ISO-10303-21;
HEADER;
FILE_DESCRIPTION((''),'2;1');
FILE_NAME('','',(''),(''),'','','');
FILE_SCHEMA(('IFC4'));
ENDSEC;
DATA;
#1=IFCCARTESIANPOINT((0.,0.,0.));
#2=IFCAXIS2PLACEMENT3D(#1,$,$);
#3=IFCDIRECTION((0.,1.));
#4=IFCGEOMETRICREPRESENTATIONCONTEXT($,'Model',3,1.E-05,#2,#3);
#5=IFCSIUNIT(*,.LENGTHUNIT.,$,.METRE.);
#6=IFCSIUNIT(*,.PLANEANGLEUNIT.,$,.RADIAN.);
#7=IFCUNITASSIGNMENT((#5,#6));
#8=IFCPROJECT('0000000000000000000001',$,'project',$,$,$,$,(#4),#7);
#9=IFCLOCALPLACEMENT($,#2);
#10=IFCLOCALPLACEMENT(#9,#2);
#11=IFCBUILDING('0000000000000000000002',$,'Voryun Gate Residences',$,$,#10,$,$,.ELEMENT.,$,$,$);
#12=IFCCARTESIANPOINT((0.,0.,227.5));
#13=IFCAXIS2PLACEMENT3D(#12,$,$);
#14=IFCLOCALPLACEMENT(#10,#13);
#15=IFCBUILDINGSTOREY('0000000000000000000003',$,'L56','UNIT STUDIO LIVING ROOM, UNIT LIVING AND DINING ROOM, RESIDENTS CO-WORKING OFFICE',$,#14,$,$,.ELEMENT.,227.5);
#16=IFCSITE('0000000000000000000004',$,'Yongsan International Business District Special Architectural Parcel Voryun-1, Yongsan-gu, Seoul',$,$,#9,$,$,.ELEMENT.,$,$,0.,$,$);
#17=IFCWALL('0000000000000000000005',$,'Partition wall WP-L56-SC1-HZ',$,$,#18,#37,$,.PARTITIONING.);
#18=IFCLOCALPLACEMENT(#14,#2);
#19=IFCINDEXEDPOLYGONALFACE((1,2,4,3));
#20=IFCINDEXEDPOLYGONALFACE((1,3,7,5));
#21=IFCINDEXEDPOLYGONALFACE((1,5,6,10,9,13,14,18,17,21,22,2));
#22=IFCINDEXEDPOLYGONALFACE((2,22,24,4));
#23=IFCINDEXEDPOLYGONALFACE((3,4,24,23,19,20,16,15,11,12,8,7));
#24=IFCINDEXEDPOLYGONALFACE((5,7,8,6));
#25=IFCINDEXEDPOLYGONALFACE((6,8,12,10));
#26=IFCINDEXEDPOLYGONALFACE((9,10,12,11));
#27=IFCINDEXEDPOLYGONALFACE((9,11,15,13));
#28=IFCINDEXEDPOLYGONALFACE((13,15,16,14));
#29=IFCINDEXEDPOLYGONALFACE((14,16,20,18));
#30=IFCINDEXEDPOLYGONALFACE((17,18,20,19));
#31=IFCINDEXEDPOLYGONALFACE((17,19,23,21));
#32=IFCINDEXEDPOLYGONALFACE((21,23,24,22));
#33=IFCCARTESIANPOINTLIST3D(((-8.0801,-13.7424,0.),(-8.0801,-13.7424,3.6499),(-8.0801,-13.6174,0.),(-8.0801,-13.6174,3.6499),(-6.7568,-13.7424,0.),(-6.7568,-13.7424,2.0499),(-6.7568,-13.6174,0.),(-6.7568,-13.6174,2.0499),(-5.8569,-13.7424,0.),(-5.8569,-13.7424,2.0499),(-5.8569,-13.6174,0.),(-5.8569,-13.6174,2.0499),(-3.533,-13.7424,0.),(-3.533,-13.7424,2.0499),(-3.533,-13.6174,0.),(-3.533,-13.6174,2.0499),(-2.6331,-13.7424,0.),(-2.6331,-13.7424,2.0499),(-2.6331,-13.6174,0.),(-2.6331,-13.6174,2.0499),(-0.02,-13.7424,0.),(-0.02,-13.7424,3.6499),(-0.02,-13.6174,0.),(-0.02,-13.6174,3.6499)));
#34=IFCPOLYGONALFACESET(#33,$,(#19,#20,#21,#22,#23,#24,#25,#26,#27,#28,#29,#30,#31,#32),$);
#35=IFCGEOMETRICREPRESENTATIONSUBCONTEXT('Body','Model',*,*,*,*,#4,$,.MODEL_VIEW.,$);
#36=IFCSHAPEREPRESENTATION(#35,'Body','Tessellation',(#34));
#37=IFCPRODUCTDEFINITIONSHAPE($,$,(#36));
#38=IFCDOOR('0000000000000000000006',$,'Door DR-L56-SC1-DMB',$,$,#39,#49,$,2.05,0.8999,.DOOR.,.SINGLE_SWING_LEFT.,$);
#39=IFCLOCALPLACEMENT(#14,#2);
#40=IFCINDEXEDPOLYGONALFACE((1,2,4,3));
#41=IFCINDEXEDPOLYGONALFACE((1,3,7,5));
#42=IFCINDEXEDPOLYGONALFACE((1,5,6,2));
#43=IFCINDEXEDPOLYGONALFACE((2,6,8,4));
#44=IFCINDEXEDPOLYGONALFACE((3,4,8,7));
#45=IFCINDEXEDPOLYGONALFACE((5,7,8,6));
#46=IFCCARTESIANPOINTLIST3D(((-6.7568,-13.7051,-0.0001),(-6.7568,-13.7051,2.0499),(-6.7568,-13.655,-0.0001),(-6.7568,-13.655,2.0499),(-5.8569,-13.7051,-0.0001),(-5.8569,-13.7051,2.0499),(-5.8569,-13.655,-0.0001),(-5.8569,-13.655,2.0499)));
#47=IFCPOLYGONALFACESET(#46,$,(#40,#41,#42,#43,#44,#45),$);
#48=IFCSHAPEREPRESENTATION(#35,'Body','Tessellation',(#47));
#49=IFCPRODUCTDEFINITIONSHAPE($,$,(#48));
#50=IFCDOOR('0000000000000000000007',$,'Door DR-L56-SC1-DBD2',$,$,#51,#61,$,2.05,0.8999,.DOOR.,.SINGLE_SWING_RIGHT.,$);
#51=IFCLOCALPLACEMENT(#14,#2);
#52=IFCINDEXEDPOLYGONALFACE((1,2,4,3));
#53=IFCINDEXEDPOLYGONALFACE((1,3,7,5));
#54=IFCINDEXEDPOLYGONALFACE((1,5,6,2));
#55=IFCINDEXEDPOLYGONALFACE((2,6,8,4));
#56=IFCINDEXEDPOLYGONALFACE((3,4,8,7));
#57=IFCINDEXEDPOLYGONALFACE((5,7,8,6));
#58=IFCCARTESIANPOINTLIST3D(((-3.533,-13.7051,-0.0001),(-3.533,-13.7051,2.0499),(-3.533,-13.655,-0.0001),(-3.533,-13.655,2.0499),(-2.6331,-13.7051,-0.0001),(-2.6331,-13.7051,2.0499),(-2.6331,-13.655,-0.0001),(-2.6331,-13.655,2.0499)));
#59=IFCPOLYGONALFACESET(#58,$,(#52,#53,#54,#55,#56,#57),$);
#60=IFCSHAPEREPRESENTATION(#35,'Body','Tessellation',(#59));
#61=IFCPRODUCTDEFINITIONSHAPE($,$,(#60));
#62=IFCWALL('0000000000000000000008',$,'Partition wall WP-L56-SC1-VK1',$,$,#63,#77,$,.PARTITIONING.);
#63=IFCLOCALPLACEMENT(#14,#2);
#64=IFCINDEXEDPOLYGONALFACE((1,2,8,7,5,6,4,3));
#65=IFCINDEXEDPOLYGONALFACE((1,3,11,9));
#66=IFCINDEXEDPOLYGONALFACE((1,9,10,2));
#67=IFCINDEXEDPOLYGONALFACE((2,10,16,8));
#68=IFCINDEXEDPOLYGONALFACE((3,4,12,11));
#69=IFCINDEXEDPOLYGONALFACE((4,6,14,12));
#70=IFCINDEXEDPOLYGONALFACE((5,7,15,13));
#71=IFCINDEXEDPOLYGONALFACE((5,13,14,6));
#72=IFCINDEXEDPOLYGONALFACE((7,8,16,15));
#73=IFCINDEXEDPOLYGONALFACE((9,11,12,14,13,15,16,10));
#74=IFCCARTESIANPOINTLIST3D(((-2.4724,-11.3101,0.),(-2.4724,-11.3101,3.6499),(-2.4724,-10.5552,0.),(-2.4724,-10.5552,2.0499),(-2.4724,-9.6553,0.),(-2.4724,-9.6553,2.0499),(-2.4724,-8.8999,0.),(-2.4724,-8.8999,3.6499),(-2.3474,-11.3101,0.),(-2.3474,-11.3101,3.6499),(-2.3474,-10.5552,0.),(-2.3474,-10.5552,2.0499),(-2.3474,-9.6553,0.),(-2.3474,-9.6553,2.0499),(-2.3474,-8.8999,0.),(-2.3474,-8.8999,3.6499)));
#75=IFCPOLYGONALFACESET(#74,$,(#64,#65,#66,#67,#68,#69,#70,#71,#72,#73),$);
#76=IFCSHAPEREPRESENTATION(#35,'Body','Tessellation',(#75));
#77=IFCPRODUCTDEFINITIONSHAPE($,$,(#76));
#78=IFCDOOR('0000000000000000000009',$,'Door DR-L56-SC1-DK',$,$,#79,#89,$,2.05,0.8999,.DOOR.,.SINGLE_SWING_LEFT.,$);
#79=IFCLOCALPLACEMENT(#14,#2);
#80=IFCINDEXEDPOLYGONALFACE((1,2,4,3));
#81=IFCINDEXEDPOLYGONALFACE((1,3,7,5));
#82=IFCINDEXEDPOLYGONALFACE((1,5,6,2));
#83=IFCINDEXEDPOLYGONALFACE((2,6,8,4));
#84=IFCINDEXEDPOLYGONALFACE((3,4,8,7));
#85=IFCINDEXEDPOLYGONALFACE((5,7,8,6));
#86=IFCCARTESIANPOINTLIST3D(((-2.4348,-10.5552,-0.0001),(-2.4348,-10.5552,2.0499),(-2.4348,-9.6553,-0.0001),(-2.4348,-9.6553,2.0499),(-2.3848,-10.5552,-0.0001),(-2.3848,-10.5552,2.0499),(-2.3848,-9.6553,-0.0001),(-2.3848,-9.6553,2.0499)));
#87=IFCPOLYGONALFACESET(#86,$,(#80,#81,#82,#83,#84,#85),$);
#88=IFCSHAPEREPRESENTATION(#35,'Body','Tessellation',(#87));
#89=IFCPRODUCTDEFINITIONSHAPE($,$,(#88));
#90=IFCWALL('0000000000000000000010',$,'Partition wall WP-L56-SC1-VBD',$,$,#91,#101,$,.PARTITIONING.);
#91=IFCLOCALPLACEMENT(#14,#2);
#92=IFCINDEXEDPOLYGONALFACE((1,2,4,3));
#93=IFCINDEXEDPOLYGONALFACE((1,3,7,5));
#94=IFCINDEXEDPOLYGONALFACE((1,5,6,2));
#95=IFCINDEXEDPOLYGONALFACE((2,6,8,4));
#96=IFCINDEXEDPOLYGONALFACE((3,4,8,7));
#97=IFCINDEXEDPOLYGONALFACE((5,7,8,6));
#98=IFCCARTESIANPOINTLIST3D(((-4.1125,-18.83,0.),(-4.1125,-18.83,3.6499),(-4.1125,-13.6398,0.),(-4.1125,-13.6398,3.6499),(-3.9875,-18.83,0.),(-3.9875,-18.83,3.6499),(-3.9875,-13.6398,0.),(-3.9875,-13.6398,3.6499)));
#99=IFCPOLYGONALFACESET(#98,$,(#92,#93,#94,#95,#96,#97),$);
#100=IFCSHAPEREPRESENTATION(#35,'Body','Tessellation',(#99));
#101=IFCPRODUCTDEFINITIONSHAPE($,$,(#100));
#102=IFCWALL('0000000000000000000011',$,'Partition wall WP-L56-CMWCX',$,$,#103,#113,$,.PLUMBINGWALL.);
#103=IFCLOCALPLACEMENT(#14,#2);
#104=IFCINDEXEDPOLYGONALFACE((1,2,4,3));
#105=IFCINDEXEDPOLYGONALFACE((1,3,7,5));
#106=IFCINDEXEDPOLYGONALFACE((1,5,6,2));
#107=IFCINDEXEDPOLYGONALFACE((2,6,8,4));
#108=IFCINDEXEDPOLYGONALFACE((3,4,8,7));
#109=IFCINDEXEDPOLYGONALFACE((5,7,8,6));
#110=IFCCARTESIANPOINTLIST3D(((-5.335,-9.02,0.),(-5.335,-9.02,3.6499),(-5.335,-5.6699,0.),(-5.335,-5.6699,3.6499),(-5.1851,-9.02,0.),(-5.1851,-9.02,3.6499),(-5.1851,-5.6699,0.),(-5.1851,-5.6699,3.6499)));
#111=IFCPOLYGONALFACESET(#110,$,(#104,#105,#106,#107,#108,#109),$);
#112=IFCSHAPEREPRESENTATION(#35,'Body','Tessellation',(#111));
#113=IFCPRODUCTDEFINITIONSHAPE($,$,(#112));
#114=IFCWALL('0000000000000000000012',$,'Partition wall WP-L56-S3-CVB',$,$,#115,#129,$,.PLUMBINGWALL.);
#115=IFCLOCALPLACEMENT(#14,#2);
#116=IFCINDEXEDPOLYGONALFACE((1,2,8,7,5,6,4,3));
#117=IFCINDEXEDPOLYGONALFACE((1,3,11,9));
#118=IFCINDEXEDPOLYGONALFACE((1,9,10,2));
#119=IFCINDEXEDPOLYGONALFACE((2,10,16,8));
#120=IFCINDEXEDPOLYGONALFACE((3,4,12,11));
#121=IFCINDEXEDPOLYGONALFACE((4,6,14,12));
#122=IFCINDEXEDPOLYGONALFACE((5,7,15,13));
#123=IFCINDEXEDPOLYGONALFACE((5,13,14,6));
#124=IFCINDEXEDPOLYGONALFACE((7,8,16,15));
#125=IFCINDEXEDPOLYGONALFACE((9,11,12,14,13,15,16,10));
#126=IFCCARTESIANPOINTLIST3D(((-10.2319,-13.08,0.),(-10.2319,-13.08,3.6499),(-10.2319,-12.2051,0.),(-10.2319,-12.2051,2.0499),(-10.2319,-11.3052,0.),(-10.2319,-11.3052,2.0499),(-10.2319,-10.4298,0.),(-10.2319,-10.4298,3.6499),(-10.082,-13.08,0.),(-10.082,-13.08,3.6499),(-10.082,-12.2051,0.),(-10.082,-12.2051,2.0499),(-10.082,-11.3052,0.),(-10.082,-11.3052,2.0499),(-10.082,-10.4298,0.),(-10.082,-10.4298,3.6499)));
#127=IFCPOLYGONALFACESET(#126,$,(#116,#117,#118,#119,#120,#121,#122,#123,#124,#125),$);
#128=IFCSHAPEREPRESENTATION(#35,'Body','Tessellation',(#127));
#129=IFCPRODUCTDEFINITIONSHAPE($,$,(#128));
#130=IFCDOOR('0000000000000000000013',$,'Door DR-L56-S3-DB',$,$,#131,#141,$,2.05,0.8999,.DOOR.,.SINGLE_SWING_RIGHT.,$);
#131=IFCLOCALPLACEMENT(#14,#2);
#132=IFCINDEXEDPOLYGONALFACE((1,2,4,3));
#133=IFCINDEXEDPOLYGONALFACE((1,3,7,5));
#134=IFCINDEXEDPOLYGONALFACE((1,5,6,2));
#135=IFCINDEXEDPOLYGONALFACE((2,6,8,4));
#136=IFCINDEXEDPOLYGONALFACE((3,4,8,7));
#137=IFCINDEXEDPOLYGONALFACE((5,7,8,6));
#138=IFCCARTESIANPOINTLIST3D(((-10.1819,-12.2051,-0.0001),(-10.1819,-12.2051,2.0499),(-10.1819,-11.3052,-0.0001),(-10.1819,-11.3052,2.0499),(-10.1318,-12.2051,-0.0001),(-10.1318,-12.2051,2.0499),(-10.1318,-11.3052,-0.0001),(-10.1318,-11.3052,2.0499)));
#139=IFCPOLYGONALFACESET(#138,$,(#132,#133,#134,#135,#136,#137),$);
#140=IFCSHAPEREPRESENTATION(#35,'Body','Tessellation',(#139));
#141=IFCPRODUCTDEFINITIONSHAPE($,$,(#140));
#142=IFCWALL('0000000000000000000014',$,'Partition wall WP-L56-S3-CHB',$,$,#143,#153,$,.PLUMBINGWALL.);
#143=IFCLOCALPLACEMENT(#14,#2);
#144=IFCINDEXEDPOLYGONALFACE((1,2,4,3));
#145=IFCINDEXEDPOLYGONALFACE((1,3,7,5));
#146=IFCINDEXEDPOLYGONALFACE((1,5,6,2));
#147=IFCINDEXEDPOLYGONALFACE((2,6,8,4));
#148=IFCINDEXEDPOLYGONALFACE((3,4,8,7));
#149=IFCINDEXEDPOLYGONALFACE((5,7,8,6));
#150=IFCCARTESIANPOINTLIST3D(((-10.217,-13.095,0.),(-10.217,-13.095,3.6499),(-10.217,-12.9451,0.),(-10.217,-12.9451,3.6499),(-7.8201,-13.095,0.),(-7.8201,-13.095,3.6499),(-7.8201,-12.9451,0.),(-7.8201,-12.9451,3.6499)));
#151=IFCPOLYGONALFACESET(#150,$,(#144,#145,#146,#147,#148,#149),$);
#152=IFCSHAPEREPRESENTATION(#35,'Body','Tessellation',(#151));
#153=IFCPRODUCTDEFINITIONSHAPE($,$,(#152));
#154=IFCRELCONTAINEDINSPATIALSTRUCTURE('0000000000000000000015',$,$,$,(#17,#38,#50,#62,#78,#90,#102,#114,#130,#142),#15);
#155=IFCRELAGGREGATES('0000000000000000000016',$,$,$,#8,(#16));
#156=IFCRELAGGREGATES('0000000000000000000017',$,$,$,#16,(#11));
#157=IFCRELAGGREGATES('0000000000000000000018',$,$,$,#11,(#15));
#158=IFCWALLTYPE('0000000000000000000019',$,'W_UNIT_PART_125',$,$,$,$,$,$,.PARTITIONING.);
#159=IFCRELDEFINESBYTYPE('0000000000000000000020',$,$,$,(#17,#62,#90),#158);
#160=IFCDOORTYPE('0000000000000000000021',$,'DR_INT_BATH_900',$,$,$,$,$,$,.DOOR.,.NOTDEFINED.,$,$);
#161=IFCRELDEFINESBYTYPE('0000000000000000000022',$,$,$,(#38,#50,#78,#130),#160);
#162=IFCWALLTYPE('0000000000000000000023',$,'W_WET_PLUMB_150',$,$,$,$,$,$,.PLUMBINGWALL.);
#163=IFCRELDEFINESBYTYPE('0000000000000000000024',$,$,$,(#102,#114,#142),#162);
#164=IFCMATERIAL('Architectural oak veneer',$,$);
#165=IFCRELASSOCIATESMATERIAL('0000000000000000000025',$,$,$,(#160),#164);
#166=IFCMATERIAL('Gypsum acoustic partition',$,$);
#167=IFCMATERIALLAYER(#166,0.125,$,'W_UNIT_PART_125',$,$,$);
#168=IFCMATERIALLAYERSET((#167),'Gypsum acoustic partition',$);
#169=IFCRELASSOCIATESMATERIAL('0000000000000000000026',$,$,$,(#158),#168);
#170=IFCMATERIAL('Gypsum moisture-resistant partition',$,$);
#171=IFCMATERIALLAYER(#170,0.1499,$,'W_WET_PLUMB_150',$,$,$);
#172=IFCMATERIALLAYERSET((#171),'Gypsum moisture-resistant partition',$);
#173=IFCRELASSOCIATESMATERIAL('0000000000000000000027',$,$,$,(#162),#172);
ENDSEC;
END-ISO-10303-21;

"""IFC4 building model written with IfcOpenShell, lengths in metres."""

from ifc_helpers import new_model, si_unit, direction, frame, frame_2d, origin, place, context, subcontext, project, spatial, rectangle, extrude, material, layer, layer_set, type_object, element, fill, save


model = new_model("IFC4")

# Units and contexts
model_context = context("Model", 3, precision=1e-05, world=origin(), true_north=direction((0.0, 1.0)))
body_context = subcontext(model_context, "Body", "Model", "MODEL_VIEW")
ifc_project = project(units=[si_unit("LENGTHUNIT", "METRE"), si_unit("PLANEANGLEUNIT", "RADIAN")], contexts=[model_context])

# Site, building, storey
site_placement = place(None, origin())
site = spatial("IfcSite", under=ifc_project, at=site_placement, Name="Yongsan International Business District Special Architectural Parcel Voryun-1, Yongsan-gu, Seoul", CompositionType="ELEMENT", RefElevation=0.0)
building_placement = place(site_placement, origin())
building = spatial("IfcBuilding", under=site, at=building_placement, Name="Voryun Gate Residences", CompositionType="ELEMENT")
storey_placement = place(building_placement, frame((0.0, 0.0, 227.5)))
storey = spatial("IfcBuildingStorey", under=building, at=storey_placement, Name="L56", Description="UNIT STUDIO LIVING ROOM, UNIT LIVING AND DINING ROOM, RESIDENTS CO-WORKING OFFICE", CompositionType="ELEMENT", Elevation=227.5)

# Shared definitions
ifc_material_1 = material(Name="Architectural oak veneer")
door_type_1 = type_object("IfcDoorType", Name="DR_INT_BATH_900", OperationType="NOTDEFINED", PredefinedType="DOOR", material=ifc_material_1)

# Shared definitions
ifc_material_2 = material(Name="Gypsum acoustic partition")
ifc_layer_1 = layer(ifc_material_2, 0.125, Name="W_UNIT_PART_125")
ifc_layer_set_1 = layer_set([ifc_layer_1], Name="Gypsum acoustic partition")
wall_type_1 = type_object("IfcWallType", Name="W_UNIT_PART_125", PredefinedType="PARTITIONING", material=ifc_layer_set_1)

# Wall, openings, doors
wall_1_placement = place(storey_placement, frame((-8.0801, -13.6799, 0.0), z_axis=(0.0, 0.0, 1.0), x_axis=(1.0, 0.0, 0.0)))
wall_1 = element("IfcWall", 1, at=wall_1_placement, inside=storey, type_object=wall_type_1, Name="Partition wall WP-L56-SC1-HZ", PredefinedType="PARTITIONING", context=body_context, shape_type="SweptSolid", body=[
    extrude(rectangle(XDim=8.0601, YDim=0.125, at=frame_2d((4.03, 0.0))), origin(), (0.0, 0.0, 1.0), 3.6499),
])
opening_1_placement = place(wall_1_placement, frame((1.3232, 0.0, 0.0)))
opening_1 = element("IfcOpeningElement", 2, at=opening_1_placement, cuts=wall_1, PredefinedType="OPENING", context=body_context, shape_type="SweptSolid", body=[
    extrude(rectangle(XDim=0.8999, YDim=2.05, at=frame_2d((0.45, 1.0249))), frame((0.0, 0.0725, 0.0), z_axis=(0.0, -1.0, 0.0), x_axis=(1.0, 0.0, 0.0)), (0.0, 0.0, 1.0), 0.145),
])
opening_2_placement = place(wall_1_placement, frame((4.5471, 0.0, 0.0)))
opening_2 = element("IfcOpeningElement", 3, at=opening_2_placement, cuts=wall_1, PredefinedType="OPENING", context=body_context, shape_type="SweptSolid", body=[
    extrude(rectangle(XDim=0.8999, YDim=2.05, at=frame_2d((0.45, 1.0249))), frame((0.0, 0.0725, 0.0), z_axis=(0.0, -1.0, 0.0), x_axis=(1.0, 0.0, 0.0)), (0.0, 0.0, 1.0), 0.145),
])
door_1_placement = place(opening_1_placement, origin())
door_1 = element("IfcDoor", 4, at=door_1_placement, inside=storey, type_object=door_type_1, Name="Door DR-L56-SC1-DMB", OperationType="SINGLE_SWING_LEFT", OverallHeight=2.05, OverallWidth=0.8999, PredefinedType="DOOR", context=body_context, shape_type="SweptSolid", body=[
    extrude(rectangle(XDim=0.8999, YDim=2.05, at=frame_2d((0.45, 1.0249))), frame((0.0, 0.0249, 0.0), z_axis=(0.0, -1.0, 0.0), x_axis=(1.0, 0.0, 0.0)), (0.0, 0.0, 1.0), 0.05),
])
fill(opening_1, door_1)
door_2_placement = place(opening_2_placement, origin())
door_2 = element("IfcDoor", 5, at=door_2_placement, inside=storey, type_object=door_type_1, Name="Door DR-L56-SC1-DBD2", OperationType="SINGLE_SWING_RIGHT", OverallHeight=2.05, OverallWidth=0.8999, PredefinedType="DOOR", context=body_context, shape_type="SweptSolid", body=[
    extrude(rectangle(XDim=0.8999, YDim=2.05, at=frame_2d((0.45, 1.0249))), frame((0.0, 0.0249, 0.0), z_axis=(0.0, -1.0, 0.0), x_axis=(1.0, 0.0, 0.0)), (0.0, 0.0, 1.0), 0.05),
])
fill(opening_2, door_2)

# Wall, opening, door
wall_2_placement = place(storey_placement, frame((-2.4099, -11.3101, 0.0), z_axis=(0.0, 0.0, 1.0), x_axis=(0.0, 1.0, 0.0)))
wall_2 = element("IfcWall", 6, at=wall_2_placement, inside=storey, type_object=wall_type_1, Name="Partition wall WP-L56-SC1-VK1", PredefinedType="PARTITIONING", context=body_context, shape_type="SweptSolid", body=[
    extrude(rectangle(XDim=2.4102, YDim=0.125, at=frame_2d((1.2051, 0.0))), origin(), (0.0, 0.0, 1.0), 3.6499),
])
opening_3_placement = place(wall_2_placement, frame((0.7549, 0.0, 0.0)))
opening_3 = element("IfcOpeningElement", 7, at=opening_3_placement, cuts=wall_2, PredefinedType="OPENING", context=body_context, shape_type="SweptSolid", body=[
    extrude(rectangle(XDim=0.8999, YDim=2.05, at=frame_2d((0.45, 1.0249))), frame((0.0, 0.0725, 0.0), z_axis=(0.0, -1.0, 0.0), x_axis=(1.0, 0.0, 0.0)), (0.0, 0.0, 1.0), 0.145),
])
door_3_placement = place(opening_3_placement, origin())
door_3 = element("IfcDoor", 8, at=door_3_placement, inside=storey, type_object=door_type_1, Name="Door DR-L56-SC1-DK", OperationType="SINGLE_SWING_LEFT", OverallHeight=2.05, OverallWidth=0.8999, PredefinedType="DOOR", context=body_context, shape_type="SweptSolid", body=[
    extrude(rectangle(XDim=0.8999, YDim=2.05, at=frame_2d((0.45, 1.0249))), frame((0.0, 0.0249, 0.0), z_axis=(0.0, -1.0, 0.0), x_axis=(1.0, 0.0, 0.0)), (0.0, 0.0, 1.0), 0.05),
])
fill(opening_3, door_3)

# Walls
wall_3_placement = place(storey_placement, frame((-4.05, -18.8301, 0.0), z_axis=(0.0, 0.0, 1.0), x_axis=(0.0, 1.0, 0.0)))
element("IfcWall", 9, at=wall_3_placement, inside=storey, type_object=wall_type_1, Name="Partition wall WP-L56-SC1-VBD", PredefinedType="PARTITIONING", context=body_context, shape_type="SweptSolid", body=[
    extrude(rectangle(XDim=5.1902, YDim=0.125, at=frame_2d((2.5952, 0.0))), origin(), (0.0, 0.0, 1.0), 3.6499),
])
ifc_material_3 = material(Name="Gypsum moisture-resistant partition")
ifc_layer_2 = layer(ifc_material_3, 0.1499, Name="W_WET_PLUMB_150")
ifc_layer_set_2 = layer_set([ifc_layer_2], Name="Gypsum moisture-resistant partition")
wall_type_2 = type_object("IfcWallType", Name="W_WET_PLUMB_150", PredefinedType="PLUMBINGWALL", material=ifc_layer_set_2)
wall_4_placement = place(storey_placement, frame((-5.26, -9.02, 0.0), z_axis=(0.0, 0.0, 1.0), x_axis=(0.0, 1.0, 0.0)))
element("IfcWall", 10, at=wall_4_placement, inside=storey, type_object=wall_type_2, Name="Partition wall WP-L56-CMWCX", PredefinedType="PLUMBINGWALL", context=body_context, shape_type="SweptSolid", body=[
    extrude(rectangle(XDim=3.3501, YDim=0.1499, at=frame_2d((1.675, 0.0))), origin(), (0.0, 0.0, 1.0), 3.6499),
])

# Wall, opening, door
wall_5_placement = place(storey_placement, frame((-10.157, -13.0801, 0.0), z_axis=(0.0, 0.0, 1.0), x_axis=(0.0, 1.0, 0.0)))
wall_5 = element("IfcWall", 11, at=wall_5_placement, inside=storey, type_object=wall_type_2, Name="Partition wall WP-L56-S3-CVB", PredefinedType="PLUMBINGWALL", context=body_context, shape_type="SweptSolid", body=[
    extrude(rectangle(XDim=2.6501, YDim=0.1499, at=frame_2d((1.3252, 0.0))), origin(), (0.0, 0.0, 1.0), 3.6499),
])
opening_4_placement = place(wall_5_placement, frame((0.875, 0.0, 0.0)))
opening_4 = element("IfcOpeningElement", 12, at=opening_4_placement, cuts=wall_5, PredefinedType="OPENING", context=body_context, shape_type="SweptSolid", body=[
    extrude(rectangle(XDim=0.8999, YDim=2.05, at=frame_2d((0.45, 1.0249))), frame((0.0, 0.085, 0.0), z_axis=(0.0, -1.0, 0.0), x_axis=(1.0, 0.0, 0.0)), (0.0, 0.0, 1.0), 0.1699),
])
door_4_placement = place(opening_4_placement, origin())
door_4 = element("IfcDoor", 13, at=door_4_placement, inside=storey, type_object=door_type_1, Name="Door DR-L56-S3-DB", OperationType="SINGLE_SWING_RIGHT", OverallHeight=2.05, OverallWidth=0.8999, PredefinedType="DOOR", context=body_context, shape_type="SweptSolid", body=[
    extrude(rectangle(XDim=0.8999, YDim=2.05, at=frame_2d((0.45, 1.0249))), frame((0.0, 0.0249, 0.0), z_axis=(0.0, -1.0, 0.0), x_axis=(1.0, 0.0, 0.0)), (0.0, 0.0, 1.0), 0.05),
])
fill(opening_4, door_4)

# Wall
wall_6_placement = place(storey_placement, frame((-10.217, -13.02, 0.0), z_axis=(0.0, 0.0, 1.0), x_axis=(1.0, 0.0, 0.0)))
element("IfcWall", 14, at=wall_6_placement, inside=storey, type_object=wall_type_2, Name="Partition wall WP-L56-S3-CHB", PredefinedType="PLUMBINGWALL", context=body_context, shape_type="SweptSolid", body=[
    extrude(rectangle(XDim=2.397, YDim=0.1499, at=frame_2d((1.1985, 0.0))), origin(), (0.0, 0.0, 1.0), 3.6499),
])

save(model, "model.ifc")
